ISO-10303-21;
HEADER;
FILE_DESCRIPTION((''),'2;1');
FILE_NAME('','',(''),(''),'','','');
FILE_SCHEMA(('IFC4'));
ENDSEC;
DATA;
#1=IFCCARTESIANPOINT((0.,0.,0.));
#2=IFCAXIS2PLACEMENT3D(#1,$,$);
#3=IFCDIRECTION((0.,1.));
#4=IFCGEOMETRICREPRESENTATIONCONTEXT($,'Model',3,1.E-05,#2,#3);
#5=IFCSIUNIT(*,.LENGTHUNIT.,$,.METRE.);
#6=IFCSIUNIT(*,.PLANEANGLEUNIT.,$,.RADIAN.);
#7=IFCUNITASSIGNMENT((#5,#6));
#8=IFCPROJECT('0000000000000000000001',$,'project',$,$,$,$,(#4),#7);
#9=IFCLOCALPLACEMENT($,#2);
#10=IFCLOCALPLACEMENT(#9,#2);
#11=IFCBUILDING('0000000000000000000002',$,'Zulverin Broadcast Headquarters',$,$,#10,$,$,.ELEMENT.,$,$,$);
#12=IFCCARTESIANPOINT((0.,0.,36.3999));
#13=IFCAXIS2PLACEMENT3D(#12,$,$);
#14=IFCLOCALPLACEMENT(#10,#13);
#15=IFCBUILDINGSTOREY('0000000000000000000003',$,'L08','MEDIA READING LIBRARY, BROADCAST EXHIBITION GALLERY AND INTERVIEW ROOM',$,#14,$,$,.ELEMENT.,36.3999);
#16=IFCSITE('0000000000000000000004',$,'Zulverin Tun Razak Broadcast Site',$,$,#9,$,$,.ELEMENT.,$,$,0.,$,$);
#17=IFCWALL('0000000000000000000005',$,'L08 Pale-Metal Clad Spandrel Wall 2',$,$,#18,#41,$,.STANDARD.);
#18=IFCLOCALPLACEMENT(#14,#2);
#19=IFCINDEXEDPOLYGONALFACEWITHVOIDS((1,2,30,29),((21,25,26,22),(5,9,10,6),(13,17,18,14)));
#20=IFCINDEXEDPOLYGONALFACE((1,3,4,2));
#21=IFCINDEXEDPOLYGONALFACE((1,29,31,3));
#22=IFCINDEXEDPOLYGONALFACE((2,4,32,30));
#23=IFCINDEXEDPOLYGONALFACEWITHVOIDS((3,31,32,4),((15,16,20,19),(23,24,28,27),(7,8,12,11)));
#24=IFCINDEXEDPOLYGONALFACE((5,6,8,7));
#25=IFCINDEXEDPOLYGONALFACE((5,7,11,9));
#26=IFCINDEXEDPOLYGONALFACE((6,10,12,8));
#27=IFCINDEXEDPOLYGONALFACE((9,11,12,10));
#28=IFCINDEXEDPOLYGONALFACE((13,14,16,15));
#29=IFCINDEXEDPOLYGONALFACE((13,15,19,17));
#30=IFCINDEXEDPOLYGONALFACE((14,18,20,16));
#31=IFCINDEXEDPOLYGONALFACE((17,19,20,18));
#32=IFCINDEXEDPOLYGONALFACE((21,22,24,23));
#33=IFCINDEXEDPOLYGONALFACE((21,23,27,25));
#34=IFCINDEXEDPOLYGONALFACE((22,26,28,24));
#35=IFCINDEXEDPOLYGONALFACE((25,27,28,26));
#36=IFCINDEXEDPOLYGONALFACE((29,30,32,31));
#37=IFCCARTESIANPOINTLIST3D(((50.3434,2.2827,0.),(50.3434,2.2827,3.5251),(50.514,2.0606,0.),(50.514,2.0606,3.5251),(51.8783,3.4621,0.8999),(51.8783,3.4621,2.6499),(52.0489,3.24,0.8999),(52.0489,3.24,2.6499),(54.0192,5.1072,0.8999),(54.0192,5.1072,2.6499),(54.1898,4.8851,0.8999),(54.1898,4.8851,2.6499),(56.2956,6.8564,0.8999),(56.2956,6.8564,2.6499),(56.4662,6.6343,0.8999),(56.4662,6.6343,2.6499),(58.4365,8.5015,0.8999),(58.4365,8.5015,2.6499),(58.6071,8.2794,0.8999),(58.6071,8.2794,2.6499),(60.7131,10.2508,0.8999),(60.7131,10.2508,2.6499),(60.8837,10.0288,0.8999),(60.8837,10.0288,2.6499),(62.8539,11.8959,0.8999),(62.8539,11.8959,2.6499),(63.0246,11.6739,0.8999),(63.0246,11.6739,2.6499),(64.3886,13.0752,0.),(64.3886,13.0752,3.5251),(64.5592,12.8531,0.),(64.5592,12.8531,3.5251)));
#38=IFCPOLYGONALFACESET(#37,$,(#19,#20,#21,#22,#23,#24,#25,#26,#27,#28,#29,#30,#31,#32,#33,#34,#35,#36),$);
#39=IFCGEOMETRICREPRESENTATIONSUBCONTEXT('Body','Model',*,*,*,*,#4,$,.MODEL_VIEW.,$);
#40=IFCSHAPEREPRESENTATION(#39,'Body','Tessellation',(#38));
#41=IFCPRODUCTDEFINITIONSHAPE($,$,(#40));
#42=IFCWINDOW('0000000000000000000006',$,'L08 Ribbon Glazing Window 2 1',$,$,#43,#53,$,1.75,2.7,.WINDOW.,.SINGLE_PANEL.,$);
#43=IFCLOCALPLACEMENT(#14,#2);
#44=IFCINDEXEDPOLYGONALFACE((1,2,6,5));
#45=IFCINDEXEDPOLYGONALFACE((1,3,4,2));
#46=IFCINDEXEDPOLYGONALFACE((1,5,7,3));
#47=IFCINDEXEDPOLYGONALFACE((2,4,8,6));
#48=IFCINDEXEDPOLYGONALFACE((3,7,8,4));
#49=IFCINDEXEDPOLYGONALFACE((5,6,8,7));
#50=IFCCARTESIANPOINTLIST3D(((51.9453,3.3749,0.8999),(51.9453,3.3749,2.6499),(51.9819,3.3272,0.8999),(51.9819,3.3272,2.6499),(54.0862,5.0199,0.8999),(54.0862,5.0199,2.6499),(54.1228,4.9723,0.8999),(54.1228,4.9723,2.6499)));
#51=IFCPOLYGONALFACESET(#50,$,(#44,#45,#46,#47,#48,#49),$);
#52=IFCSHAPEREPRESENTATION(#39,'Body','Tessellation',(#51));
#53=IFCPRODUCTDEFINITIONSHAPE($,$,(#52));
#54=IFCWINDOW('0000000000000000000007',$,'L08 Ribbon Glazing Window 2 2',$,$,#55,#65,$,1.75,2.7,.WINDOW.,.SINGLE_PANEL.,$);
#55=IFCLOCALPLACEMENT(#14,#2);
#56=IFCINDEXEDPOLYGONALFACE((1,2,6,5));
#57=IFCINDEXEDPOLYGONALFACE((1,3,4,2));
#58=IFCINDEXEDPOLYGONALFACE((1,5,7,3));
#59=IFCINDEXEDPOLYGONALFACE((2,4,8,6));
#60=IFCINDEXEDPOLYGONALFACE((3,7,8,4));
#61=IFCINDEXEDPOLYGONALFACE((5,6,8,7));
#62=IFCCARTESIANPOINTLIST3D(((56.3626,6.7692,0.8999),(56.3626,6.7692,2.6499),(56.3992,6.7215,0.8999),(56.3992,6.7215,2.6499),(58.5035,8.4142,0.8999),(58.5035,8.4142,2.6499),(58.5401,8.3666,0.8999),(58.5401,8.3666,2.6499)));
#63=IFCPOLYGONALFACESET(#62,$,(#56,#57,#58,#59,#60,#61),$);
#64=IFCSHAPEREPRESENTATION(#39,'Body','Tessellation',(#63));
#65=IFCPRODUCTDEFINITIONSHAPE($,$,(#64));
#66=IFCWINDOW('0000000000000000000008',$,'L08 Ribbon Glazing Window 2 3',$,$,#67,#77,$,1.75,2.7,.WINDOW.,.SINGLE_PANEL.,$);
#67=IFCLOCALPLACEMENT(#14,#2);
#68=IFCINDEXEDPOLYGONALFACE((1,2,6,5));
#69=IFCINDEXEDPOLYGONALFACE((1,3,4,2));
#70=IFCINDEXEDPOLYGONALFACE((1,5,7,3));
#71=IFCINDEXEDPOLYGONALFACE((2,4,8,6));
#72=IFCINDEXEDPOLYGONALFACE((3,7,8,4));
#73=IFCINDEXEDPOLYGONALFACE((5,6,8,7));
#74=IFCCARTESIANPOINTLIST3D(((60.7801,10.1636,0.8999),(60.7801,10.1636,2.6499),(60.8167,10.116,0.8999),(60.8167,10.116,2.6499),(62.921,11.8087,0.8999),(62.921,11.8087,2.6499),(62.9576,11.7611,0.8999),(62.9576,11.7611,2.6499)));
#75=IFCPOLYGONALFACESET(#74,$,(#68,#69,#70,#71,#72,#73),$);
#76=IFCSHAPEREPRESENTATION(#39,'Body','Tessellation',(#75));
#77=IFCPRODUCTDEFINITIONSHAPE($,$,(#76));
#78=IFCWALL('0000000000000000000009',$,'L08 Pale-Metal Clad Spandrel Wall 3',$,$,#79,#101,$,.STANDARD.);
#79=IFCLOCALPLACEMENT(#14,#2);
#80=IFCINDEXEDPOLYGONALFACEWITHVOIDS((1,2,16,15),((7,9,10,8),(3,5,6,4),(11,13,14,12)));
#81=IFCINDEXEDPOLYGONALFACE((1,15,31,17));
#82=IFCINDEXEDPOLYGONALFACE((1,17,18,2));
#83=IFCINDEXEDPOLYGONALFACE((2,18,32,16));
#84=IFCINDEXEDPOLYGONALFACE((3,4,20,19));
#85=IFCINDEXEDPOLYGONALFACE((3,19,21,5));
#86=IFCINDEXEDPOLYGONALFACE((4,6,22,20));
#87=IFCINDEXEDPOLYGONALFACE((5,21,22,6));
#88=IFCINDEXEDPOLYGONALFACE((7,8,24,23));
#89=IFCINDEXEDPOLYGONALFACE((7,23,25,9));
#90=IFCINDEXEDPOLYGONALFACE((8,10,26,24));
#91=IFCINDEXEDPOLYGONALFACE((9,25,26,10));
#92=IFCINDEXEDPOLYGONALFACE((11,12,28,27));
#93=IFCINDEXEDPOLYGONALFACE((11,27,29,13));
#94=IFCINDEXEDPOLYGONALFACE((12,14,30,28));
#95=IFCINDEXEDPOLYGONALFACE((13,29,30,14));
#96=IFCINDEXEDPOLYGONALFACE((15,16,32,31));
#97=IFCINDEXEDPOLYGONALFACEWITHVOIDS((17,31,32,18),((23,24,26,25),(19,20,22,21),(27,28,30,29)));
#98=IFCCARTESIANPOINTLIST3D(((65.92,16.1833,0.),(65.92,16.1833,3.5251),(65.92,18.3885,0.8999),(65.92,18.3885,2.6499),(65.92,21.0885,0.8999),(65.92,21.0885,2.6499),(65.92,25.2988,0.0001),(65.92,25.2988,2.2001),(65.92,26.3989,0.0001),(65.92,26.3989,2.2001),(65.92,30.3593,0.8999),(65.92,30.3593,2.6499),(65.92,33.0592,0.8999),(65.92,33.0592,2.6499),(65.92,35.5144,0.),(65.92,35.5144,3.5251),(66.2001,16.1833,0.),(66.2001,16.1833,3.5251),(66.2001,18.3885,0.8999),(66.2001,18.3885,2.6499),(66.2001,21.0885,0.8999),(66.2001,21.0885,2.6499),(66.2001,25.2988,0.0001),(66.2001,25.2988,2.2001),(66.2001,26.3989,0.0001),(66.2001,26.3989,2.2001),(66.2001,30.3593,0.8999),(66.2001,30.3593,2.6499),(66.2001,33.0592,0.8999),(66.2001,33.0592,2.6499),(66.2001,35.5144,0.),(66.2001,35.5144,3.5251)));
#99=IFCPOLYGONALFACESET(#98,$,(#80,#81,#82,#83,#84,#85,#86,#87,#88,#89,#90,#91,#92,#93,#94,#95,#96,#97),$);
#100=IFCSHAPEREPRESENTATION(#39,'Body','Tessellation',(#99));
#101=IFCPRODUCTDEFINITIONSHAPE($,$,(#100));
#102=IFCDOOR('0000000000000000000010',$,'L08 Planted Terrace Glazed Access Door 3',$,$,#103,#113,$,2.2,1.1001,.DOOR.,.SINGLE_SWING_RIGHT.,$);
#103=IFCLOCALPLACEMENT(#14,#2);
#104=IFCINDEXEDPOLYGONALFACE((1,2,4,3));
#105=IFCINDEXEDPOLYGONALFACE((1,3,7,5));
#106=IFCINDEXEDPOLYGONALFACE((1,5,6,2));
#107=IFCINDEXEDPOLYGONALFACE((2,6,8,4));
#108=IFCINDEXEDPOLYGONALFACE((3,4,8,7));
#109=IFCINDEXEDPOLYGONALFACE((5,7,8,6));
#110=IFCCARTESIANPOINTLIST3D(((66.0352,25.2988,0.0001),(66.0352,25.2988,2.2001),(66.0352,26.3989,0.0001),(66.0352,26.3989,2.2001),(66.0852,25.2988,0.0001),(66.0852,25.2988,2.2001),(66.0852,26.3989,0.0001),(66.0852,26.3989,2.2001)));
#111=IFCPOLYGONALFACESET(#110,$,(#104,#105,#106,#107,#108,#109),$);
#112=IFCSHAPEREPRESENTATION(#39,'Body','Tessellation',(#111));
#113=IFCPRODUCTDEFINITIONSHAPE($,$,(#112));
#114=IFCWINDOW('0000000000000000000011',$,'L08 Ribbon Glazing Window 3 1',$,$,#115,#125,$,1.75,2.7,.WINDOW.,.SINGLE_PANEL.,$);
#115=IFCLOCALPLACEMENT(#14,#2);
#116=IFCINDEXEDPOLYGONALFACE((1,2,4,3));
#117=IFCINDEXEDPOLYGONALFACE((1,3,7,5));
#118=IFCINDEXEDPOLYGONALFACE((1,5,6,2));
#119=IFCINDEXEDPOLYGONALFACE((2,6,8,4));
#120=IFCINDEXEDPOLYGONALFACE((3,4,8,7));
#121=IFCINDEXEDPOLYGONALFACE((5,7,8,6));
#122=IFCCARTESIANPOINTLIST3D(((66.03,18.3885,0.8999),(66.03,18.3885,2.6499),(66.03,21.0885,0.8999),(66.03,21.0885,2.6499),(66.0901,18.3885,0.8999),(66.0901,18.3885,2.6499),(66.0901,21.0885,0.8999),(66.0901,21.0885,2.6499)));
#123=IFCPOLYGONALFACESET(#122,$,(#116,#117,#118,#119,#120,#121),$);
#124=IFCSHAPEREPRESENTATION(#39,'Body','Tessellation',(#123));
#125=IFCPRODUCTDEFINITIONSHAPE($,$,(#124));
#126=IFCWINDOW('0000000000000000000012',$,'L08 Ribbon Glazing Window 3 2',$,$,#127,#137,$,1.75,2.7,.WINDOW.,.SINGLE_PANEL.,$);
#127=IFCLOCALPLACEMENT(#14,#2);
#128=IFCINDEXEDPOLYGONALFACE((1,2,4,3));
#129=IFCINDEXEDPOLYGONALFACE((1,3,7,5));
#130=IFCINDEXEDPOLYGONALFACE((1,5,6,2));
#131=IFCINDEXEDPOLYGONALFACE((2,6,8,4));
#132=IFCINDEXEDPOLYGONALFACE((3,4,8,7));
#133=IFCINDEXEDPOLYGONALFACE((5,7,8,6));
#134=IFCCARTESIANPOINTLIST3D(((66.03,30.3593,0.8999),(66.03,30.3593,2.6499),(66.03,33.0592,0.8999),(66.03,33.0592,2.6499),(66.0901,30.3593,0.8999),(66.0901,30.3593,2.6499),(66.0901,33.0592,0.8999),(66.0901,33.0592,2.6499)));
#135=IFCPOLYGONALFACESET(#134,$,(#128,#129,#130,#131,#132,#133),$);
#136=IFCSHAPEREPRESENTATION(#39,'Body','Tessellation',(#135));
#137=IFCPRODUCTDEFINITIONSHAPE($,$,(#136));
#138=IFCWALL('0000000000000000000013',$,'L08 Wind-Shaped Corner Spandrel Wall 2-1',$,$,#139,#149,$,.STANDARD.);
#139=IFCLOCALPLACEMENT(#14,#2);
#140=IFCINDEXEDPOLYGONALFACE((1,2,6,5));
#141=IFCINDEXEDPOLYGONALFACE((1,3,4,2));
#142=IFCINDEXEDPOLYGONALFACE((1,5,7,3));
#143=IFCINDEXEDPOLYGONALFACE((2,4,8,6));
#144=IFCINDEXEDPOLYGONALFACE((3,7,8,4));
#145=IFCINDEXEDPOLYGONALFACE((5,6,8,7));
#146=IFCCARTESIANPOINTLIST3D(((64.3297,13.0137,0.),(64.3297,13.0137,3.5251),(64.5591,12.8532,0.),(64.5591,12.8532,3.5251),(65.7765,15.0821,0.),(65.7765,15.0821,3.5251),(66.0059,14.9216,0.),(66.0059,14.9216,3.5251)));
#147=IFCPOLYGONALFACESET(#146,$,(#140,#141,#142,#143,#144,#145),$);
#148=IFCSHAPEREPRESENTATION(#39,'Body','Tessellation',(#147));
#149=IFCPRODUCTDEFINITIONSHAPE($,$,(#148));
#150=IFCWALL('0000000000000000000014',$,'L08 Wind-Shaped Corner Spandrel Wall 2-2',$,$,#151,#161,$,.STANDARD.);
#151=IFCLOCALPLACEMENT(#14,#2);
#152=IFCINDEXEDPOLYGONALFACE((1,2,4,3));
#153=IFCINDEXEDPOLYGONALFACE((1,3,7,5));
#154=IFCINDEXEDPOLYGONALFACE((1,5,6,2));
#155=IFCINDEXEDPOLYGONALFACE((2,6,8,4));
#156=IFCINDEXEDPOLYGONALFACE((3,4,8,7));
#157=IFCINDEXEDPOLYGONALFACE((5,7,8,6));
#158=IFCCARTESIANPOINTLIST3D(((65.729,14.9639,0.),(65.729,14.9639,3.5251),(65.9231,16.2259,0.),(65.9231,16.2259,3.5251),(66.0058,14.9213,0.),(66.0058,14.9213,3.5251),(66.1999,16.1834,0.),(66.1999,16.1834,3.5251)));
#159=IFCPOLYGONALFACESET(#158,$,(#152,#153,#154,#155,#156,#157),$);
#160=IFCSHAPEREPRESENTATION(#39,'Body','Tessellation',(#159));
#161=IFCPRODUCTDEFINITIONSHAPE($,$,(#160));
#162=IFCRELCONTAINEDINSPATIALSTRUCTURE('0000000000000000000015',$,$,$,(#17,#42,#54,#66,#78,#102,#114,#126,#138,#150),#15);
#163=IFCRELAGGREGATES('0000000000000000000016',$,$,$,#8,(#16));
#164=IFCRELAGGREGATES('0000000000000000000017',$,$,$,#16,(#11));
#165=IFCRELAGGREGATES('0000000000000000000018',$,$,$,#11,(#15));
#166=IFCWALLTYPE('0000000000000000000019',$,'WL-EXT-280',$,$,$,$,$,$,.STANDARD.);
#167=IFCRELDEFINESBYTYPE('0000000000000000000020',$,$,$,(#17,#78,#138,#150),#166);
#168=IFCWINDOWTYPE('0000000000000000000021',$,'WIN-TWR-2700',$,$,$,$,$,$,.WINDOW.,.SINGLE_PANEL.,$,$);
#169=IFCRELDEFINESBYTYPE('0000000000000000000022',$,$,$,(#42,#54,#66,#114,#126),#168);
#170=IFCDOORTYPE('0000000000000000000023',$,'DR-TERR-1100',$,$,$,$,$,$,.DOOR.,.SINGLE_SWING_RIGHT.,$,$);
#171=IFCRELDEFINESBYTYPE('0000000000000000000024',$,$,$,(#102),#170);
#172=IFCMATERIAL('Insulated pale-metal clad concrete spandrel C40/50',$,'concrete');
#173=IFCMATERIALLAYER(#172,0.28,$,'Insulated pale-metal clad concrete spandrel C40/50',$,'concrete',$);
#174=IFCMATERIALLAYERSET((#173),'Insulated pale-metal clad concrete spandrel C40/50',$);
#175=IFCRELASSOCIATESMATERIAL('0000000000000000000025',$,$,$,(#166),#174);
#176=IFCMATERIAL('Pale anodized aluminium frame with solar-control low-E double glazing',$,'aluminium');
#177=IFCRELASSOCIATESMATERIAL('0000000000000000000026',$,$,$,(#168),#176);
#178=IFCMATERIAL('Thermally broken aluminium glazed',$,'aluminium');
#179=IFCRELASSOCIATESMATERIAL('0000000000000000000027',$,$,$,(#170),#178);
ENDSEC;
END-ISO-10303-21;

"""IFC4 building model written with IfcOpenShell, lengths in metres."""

from ifc_helpers import new_model, si_unit, direction, frame, frame_2d, origin, place, context, subcontext, project, spatial, rectangle, extrude, material, layer, layer_set, type_object, element, fill, save


model = new_model("IFC4")

# Units and contexts
model_context = context("Model", 3, precision=1e-05, world=origin(), true_north=direction((0.0, 1.0)))
body_context = subcontext(model_context, "Body", "Model", "MODEL_VIEW")
ifc_project = project(units=[si_unit("LENGTHUNIT", "METRE"), si_unit("PLANEANGLEUNIT", "RADIAN")], contexts=[model_context])

# Site, building, storey
site_placement = place(None, origin())
site = spatial("IfcSite", under=ifc_project, at=site_placement, Name="Zulverin Tun Razak Broadcast Site", CompositionType="ELEMENT", RefElevation=0.0)
building_placement = place(site_placement, origin())
building = spatial("IfcBuilding", under=site, at=building_placement, Name="Zulverin Broadcast Headquarters", CompositionType="ELEMENT")
storey_placement = place(building_placement, frame((0.0, 0.0, 36.3999)))
storey = spatial("IfcBuildingStorey", under=building, at=storey_placement, Name="L08", Description="MEDIA READING LIBRARY, BROADCAST EXHIBITION GALLERY AND INTERVIEW ROOM", CompositionType="ELEMENT", Elevation=36.3999)

# Wall, openings, windows
ifc_material_1 = material(Name="Insulated pale-metal clad concrete spandrel C40/50", Category="concrete")
ifc_layer_1 = layer(ifc_material_1, 0.28, Name="Insulated pale-metal clad concrete spandrel C40/50", Category="concrete")
ifc_layer_set_1 = layer_set([ifc_layer_1], Name="Insulated pale-metal clad concrete spandrel C40/50")
wall_type_1 = type_object("IfcWallType", Name="WL-EXT-280", PredefinedType="STANDARD", material=ifc_layer_set_1)
wall_1_placement = place(storey_placement, frame((50.4287, 2.1716, 0.0), z_axis=(0.0, 0.0, 1.0), x_axis=(0.792937, 0.609303, 0.0)))
wall_1 = element("IfcWall", 1, at=wall_1_placement, inside=storey, type_object=wall_type_1, Name="L08 Pale-Metal Clad Spandrel Wall 2", PredefinedType="STANDARD", context=body_context, shape_type="SweptSolid", body=[
    extrude(rectangle(XDim=17.7129, YDim=0.28, at=frame_2d((8.8564, 0.0))), origin(), (0.0, 0.0, 1.0), 3.5251),
])
opening_1_placement = place(wall_1_placement, frame((1.9355, 0.0, 0.8999)))
opening_1 = element("IfcOpeningElement", 2, at=opening_1_placement, cuts=wall_1, PredefinedType="OPENING", context=body_context, shape_type="SweptSolid", body=[
    extrude(rectangle(XDim=2.7, YDim=1.75, at=frame_2d((1.3501, 0.875))), frame((0.0, 0.1499, 0.0), z_axis=(0.0, -1.0, 0.0), x_axis=(1.0, 0.0, 0.0)), (0.0, 0.0, 1.0), 0.3),
])
opening_2_placement = place(wall_1_placement, frame((7.5063, 0.0, 0.8999)))
opening_2 = element("IfcOpeningElement", 3, at=opening_2_placement, cuts=wall_1, PredefinedType="OPENING", context=body_context, shape_type="SweptSolid", body=[
    extrude(rectangle(XDim=2.7, YDim=1.75, at=frame_2d((1.3501, 0.875))), frame((0.0, 0.1499, 0.0), z_axis=(0.0, -1.0, 0.0), x_axis=(1.0, 0.0, 0.0)), (0.0, 0.0, 1.0), 0.3),
])
opening_3_placement = place(wall_1_placement, frame((13.0774, 0.0, 0.8999)))
opening_3 = element("IfcOpeningElement", 4, at=opening_3_placement, cuts=wall_1, PredefinedType="OPENING", context=body_context, shape_type="SweptSolid", body=[
    extrude(rectangle(XDim=2.7, YDim=1.75, at=frame_2d((1.3501, 0.875))), frame((0.0, 0.1499, 0.0), z_axis=(0.0, -1.0, 0.0), x_axis=(1.0, 0.0, 0.0)), (0.0, 0.0, 1.0), 0.3),
])
ifc_material_2 = material(Name="Pale anodized aluminium frame with solar-control low-E double glazing", Category="aluminium")
window_type = type_object("IfcWindowType", Name="WIN-TWR-2700", PartitioningType="SINGLE_PANEL", PredefinedType="WINDOW", material=ifc_material_2)
window_1_placement = place(opening_1_placement, origin())
window_1 = element("IfcWindow", 5, at=window_1_placement, inside=storey, type_object=window_type, Name="L08 Ribbon Glazing Window 2 1", OverallHeight=1.75, OverallWidth=2.7, PartitioningType="SINGLE_PANEL", PredefinedType="WINDOW", context=body_context, shape_type="SweptSolid", body=[
    extrude(rectangle(XDim=2.7, YDim=1.75, at=frame_2d((1.3501, 0.875))), frame((0.0, 0.03, 0.0), z_axis=(0.0, -1.0, 0.0), x_axis=(1.0, 0.0, 0.0)), (0.0, 0.0, 1.0), 0.0601),
])
fill(opening_1, window_1)
window_2_placement = place(opening_2_placement, origin())
window_2 = element("IfcWindow", 6, at=window_2_placement, inside=storey, type_object=window_type, Name="L08 Ribbon Glazing Window 2 2", OverallHeight=1.75, OverallWidth=2.7, PartitioningType="SINGLE_PANEL", PredefinedType="WINDOW", context=body_context, shape_type="SweptSolid", body=[
    extrude(rectangle(XDim=2.7, YDim=1.75, at=frame_2d((1.3501, 0.875))), frame((0.0, 0.03, 0.0), z_axis=(0.0, -1.0, 0.0), x_axis=(1.0, 0.0, 0.0)), (0.0, 0.0, 1.0), 0.0601),
])
fill(opening_2, window_2)
window_3_placement = place(opening_3_placement, origin())
window_3 = element("IfcWindow", 7, at=window_3_placement, inside=storey, type_object=window_type, Name="L08 Ribbon Glazing Window 2 3", OverallHeight=1.75, OverallWidth=2.7, PartitioningType="SINGLE_PANEL", PredefinedType="WINDOW", context=body_context, shape_type="SweptSolid", body=[
    extrude(rectangle(XDim=2.7, YDim=1.75, at=frame_2d((1.3501, 0.875))), frame((0.0, 0.03, 0.0), z_axis=(0.0, -1.0, 0.0), x_axis=(1.0, 0.0, 0.0)), (0.0, 0.0, 1.0), 0.0601),
])
fill(opening_3, window_3)

# Wall, openings, door, windows
wall_2_placement = place(storey_placement, frame((66.0601, 16.1833, 0.0), z_axis=(0.0, 0.0, 1.0), x_axis=(0.0, 1.0, 0.0)))
wall_2 = element("IfcWall", 8, at=wall_2_placement, inside=storey, type_object=wall_type_1, Name="L08 Pale-Metal Clad Spandrel Wall 3", PredefinedType="STANDARD", context=body_context, shape_type="SweptSolid", body=[
    extrude(rectangle(XDim=19.3311, YDim=0.28, at=frame_2d((9.6655, 0.0))), origin(), (0.0, 0.0, 1.0), 3.5251),
])
opening_4_placement = place(wall_2_placement, frame((9.1155, 0.0, 0.0)))
opening_4 = element("IfcOpeningElement", 9, at=opening_4_placement, cuts=wall_2, PredefinedType="OPENING", context=body_context, shape_type="SweptSolid", body=[
    extrude(rectangle(XDim=1.1001, YDim=2.2, at=frame_2d((0.55, 1.1001))), frame((0.0, 0.1499, 0.0), z_axis=(0.0, -1.0, 0.0), x_axis=(1.0, 0.0, 0.0)), (0.0, 0.0, 1.0), 0.3),
])
opening_5_placement = place(wall_2_placement, frame((2.2051, 0.0, 0.8999)))
opening_5 = element("IfcOpeningElement", 10, at=opening_5_placement, cuts=wall_2, PredefinedType="OPENING", context=body_context, shape_type="SweptSolid", body=[
    extrude(rectangle(XDim=2.7, YDim=1.75, at=frame_2d((1.3501, 0.875))), frame((0.0, 0.1499, 0.0), z_axis=(0.0, -1.0, 0.0), x_axis=(1.0, 0.0, 0.0)), (0.0, 0.0, 1.0), 0.3),
])
opening_6_placement = place(wall_2_placement, frame((14.1758, 0.0, 0.8999)))
opening_6 = element("IfcOpeningElement", 11, at=opening_6_placement, cuts=wall_2, PredefinedType="OPENING", context=body_context, shape_type="SweptSolid", body=[
    extrude(rectangle(XDim=2.7, YDim=1.75, at=frame_2d((1.3501, 0.875))), frame((0.0, 0.1499, 0.0), z_axis=(0.0, -1.0, 0.0), x_axis=(1.0, 0.0, 0.0)), (0.0, 0.0, 1.0), 0.3),
])
ifc_material_3 = material(Name="Thermally broken aluminium glazed", Category="aluminium")
door_type = type_object("IfcDoorType", Name="DR-TERR-1100", OperationType="SINGLE_SWING_RIGHT", PredefinedType="DOOR", material=ifc_material_3)
door_placement = place(opening_4_placement, origin())
door = element("IfcDoor", 12, at=door_placement, inside=storey, type_object=door_type, Name="L08 Planted Terrace Glazed Access Door 3", OperationType="SINGLE_SWING_RIGHT", OverallHeight=2.2, OverallWidth=1.1001, PredefinedType="DOOR", context=body_context, shape_type="SweptSolid", body=[
    extrude(rectangle(XDim=1.1001, YDim=2.2, at=frame_2d((0.55, 1.1001))), frame((0.0, 0.0249, 0.0), z_axis=(0.0, -1.0, 0.0), x_axis=(1.0, 0.0, 0.0)), (0.0, 0.0, 1.0), 0.05),
])
fill(opening_4, door)
window_4_placement = place(opening_5_placement, origin())
window_4 = element("IfcWindow", 13, at=window_4_placement, inside=storey, type_object=window_type, Name="L08 Ribbon Glazing Window 3 1", OverallHeight=1.75, OverallWidth=2.7, PartitioningType="SINGLE_PANEL", PredefinedType="WINDOW", context=body_context, shape_type="SweptSolid", body=[
    extrude(rectangle(XDim=2.7, YDim=1.75, at=frame_2d((1.3501, 0.875))), frame((0.0, 0.03, 0.0), z_axis=(0.0, -1.0, 0.0), x_axis=(1.0, 0.0, 0.0)), (0.0, 0.0, 1.0), 0.0601),
])
fill(opening_5, window_4)
window_5_placement = place(opening_6_placement, origin())
window_5 = element("IfcWindow", 14, at=window_5_placement, inside=storey, type_object=window_type, Name="L08 Ribbon Glazing Window 3 2", OverallHeight=1.75, OverallWidth=2.7, PartitioningType="SINGLE_PANEL", PredefinedType="WINDOW", context=body_context, shape_type="SweptSolid", body=[
    extrude(rectangle(XDim=2.7, YDim=1.75, at=frame_2d((1.3501, 0.875))), frame((0.0, 0.03, 0.0), z_axis=(0.0, -1.0, 0.0), x_axis=(1.0, 0.0, 0.0)), (0.0, 0.0, 1.0), 0.0601),
])
fill(opening_6, window_5)

# Walls
wall_3_placement = place(storey_placement, frame((64.4443, 12.9333, 0.0), z_axis=(0.0, 0.0, 1.0), x_axis=(0.573177, 0.819432, 0.0)))
element("IfcWall", 15, at=wall_3_placement, inside=storey, type_object=wall_type_1, Name="L08 Wind-Shaped Corner Spandrel Wall 2-1", PredefinedType="STANDARD", context=body_context, shape_type="SweptSolid", body=[
    extrude(rectangle(XDim=2.5242, YDim=0.28, at=frame_2d((1.2622, 0.0))), origin(), (0.0, 0.0, 1.0), 3.5251),
])
wall_4_placement = place(storey_placement, frame((65.8674, 14.9426, 0.0), z_axis=(0.0, 0.0, 1.0), x_axis=(0.152014, 0.988378, 0.0)))
element("IfcWall", 16, at=wall_4_placement, inside=storey, type_object=wall_type_1, Name="L08 Wind-Shaped Corner Spandrel Wall 2-2", PredefinedType="STANDARD", context=body_context, shape_type="SweptSolid", body=[
    extrude(rectangle(XDim=1.2769, YDim=0.28, at=frame_2d((0.6384, 0.0))), origin(), (0.0, 0.0, 1.0), 3.5251),
])

save(model, "model.ifc")
